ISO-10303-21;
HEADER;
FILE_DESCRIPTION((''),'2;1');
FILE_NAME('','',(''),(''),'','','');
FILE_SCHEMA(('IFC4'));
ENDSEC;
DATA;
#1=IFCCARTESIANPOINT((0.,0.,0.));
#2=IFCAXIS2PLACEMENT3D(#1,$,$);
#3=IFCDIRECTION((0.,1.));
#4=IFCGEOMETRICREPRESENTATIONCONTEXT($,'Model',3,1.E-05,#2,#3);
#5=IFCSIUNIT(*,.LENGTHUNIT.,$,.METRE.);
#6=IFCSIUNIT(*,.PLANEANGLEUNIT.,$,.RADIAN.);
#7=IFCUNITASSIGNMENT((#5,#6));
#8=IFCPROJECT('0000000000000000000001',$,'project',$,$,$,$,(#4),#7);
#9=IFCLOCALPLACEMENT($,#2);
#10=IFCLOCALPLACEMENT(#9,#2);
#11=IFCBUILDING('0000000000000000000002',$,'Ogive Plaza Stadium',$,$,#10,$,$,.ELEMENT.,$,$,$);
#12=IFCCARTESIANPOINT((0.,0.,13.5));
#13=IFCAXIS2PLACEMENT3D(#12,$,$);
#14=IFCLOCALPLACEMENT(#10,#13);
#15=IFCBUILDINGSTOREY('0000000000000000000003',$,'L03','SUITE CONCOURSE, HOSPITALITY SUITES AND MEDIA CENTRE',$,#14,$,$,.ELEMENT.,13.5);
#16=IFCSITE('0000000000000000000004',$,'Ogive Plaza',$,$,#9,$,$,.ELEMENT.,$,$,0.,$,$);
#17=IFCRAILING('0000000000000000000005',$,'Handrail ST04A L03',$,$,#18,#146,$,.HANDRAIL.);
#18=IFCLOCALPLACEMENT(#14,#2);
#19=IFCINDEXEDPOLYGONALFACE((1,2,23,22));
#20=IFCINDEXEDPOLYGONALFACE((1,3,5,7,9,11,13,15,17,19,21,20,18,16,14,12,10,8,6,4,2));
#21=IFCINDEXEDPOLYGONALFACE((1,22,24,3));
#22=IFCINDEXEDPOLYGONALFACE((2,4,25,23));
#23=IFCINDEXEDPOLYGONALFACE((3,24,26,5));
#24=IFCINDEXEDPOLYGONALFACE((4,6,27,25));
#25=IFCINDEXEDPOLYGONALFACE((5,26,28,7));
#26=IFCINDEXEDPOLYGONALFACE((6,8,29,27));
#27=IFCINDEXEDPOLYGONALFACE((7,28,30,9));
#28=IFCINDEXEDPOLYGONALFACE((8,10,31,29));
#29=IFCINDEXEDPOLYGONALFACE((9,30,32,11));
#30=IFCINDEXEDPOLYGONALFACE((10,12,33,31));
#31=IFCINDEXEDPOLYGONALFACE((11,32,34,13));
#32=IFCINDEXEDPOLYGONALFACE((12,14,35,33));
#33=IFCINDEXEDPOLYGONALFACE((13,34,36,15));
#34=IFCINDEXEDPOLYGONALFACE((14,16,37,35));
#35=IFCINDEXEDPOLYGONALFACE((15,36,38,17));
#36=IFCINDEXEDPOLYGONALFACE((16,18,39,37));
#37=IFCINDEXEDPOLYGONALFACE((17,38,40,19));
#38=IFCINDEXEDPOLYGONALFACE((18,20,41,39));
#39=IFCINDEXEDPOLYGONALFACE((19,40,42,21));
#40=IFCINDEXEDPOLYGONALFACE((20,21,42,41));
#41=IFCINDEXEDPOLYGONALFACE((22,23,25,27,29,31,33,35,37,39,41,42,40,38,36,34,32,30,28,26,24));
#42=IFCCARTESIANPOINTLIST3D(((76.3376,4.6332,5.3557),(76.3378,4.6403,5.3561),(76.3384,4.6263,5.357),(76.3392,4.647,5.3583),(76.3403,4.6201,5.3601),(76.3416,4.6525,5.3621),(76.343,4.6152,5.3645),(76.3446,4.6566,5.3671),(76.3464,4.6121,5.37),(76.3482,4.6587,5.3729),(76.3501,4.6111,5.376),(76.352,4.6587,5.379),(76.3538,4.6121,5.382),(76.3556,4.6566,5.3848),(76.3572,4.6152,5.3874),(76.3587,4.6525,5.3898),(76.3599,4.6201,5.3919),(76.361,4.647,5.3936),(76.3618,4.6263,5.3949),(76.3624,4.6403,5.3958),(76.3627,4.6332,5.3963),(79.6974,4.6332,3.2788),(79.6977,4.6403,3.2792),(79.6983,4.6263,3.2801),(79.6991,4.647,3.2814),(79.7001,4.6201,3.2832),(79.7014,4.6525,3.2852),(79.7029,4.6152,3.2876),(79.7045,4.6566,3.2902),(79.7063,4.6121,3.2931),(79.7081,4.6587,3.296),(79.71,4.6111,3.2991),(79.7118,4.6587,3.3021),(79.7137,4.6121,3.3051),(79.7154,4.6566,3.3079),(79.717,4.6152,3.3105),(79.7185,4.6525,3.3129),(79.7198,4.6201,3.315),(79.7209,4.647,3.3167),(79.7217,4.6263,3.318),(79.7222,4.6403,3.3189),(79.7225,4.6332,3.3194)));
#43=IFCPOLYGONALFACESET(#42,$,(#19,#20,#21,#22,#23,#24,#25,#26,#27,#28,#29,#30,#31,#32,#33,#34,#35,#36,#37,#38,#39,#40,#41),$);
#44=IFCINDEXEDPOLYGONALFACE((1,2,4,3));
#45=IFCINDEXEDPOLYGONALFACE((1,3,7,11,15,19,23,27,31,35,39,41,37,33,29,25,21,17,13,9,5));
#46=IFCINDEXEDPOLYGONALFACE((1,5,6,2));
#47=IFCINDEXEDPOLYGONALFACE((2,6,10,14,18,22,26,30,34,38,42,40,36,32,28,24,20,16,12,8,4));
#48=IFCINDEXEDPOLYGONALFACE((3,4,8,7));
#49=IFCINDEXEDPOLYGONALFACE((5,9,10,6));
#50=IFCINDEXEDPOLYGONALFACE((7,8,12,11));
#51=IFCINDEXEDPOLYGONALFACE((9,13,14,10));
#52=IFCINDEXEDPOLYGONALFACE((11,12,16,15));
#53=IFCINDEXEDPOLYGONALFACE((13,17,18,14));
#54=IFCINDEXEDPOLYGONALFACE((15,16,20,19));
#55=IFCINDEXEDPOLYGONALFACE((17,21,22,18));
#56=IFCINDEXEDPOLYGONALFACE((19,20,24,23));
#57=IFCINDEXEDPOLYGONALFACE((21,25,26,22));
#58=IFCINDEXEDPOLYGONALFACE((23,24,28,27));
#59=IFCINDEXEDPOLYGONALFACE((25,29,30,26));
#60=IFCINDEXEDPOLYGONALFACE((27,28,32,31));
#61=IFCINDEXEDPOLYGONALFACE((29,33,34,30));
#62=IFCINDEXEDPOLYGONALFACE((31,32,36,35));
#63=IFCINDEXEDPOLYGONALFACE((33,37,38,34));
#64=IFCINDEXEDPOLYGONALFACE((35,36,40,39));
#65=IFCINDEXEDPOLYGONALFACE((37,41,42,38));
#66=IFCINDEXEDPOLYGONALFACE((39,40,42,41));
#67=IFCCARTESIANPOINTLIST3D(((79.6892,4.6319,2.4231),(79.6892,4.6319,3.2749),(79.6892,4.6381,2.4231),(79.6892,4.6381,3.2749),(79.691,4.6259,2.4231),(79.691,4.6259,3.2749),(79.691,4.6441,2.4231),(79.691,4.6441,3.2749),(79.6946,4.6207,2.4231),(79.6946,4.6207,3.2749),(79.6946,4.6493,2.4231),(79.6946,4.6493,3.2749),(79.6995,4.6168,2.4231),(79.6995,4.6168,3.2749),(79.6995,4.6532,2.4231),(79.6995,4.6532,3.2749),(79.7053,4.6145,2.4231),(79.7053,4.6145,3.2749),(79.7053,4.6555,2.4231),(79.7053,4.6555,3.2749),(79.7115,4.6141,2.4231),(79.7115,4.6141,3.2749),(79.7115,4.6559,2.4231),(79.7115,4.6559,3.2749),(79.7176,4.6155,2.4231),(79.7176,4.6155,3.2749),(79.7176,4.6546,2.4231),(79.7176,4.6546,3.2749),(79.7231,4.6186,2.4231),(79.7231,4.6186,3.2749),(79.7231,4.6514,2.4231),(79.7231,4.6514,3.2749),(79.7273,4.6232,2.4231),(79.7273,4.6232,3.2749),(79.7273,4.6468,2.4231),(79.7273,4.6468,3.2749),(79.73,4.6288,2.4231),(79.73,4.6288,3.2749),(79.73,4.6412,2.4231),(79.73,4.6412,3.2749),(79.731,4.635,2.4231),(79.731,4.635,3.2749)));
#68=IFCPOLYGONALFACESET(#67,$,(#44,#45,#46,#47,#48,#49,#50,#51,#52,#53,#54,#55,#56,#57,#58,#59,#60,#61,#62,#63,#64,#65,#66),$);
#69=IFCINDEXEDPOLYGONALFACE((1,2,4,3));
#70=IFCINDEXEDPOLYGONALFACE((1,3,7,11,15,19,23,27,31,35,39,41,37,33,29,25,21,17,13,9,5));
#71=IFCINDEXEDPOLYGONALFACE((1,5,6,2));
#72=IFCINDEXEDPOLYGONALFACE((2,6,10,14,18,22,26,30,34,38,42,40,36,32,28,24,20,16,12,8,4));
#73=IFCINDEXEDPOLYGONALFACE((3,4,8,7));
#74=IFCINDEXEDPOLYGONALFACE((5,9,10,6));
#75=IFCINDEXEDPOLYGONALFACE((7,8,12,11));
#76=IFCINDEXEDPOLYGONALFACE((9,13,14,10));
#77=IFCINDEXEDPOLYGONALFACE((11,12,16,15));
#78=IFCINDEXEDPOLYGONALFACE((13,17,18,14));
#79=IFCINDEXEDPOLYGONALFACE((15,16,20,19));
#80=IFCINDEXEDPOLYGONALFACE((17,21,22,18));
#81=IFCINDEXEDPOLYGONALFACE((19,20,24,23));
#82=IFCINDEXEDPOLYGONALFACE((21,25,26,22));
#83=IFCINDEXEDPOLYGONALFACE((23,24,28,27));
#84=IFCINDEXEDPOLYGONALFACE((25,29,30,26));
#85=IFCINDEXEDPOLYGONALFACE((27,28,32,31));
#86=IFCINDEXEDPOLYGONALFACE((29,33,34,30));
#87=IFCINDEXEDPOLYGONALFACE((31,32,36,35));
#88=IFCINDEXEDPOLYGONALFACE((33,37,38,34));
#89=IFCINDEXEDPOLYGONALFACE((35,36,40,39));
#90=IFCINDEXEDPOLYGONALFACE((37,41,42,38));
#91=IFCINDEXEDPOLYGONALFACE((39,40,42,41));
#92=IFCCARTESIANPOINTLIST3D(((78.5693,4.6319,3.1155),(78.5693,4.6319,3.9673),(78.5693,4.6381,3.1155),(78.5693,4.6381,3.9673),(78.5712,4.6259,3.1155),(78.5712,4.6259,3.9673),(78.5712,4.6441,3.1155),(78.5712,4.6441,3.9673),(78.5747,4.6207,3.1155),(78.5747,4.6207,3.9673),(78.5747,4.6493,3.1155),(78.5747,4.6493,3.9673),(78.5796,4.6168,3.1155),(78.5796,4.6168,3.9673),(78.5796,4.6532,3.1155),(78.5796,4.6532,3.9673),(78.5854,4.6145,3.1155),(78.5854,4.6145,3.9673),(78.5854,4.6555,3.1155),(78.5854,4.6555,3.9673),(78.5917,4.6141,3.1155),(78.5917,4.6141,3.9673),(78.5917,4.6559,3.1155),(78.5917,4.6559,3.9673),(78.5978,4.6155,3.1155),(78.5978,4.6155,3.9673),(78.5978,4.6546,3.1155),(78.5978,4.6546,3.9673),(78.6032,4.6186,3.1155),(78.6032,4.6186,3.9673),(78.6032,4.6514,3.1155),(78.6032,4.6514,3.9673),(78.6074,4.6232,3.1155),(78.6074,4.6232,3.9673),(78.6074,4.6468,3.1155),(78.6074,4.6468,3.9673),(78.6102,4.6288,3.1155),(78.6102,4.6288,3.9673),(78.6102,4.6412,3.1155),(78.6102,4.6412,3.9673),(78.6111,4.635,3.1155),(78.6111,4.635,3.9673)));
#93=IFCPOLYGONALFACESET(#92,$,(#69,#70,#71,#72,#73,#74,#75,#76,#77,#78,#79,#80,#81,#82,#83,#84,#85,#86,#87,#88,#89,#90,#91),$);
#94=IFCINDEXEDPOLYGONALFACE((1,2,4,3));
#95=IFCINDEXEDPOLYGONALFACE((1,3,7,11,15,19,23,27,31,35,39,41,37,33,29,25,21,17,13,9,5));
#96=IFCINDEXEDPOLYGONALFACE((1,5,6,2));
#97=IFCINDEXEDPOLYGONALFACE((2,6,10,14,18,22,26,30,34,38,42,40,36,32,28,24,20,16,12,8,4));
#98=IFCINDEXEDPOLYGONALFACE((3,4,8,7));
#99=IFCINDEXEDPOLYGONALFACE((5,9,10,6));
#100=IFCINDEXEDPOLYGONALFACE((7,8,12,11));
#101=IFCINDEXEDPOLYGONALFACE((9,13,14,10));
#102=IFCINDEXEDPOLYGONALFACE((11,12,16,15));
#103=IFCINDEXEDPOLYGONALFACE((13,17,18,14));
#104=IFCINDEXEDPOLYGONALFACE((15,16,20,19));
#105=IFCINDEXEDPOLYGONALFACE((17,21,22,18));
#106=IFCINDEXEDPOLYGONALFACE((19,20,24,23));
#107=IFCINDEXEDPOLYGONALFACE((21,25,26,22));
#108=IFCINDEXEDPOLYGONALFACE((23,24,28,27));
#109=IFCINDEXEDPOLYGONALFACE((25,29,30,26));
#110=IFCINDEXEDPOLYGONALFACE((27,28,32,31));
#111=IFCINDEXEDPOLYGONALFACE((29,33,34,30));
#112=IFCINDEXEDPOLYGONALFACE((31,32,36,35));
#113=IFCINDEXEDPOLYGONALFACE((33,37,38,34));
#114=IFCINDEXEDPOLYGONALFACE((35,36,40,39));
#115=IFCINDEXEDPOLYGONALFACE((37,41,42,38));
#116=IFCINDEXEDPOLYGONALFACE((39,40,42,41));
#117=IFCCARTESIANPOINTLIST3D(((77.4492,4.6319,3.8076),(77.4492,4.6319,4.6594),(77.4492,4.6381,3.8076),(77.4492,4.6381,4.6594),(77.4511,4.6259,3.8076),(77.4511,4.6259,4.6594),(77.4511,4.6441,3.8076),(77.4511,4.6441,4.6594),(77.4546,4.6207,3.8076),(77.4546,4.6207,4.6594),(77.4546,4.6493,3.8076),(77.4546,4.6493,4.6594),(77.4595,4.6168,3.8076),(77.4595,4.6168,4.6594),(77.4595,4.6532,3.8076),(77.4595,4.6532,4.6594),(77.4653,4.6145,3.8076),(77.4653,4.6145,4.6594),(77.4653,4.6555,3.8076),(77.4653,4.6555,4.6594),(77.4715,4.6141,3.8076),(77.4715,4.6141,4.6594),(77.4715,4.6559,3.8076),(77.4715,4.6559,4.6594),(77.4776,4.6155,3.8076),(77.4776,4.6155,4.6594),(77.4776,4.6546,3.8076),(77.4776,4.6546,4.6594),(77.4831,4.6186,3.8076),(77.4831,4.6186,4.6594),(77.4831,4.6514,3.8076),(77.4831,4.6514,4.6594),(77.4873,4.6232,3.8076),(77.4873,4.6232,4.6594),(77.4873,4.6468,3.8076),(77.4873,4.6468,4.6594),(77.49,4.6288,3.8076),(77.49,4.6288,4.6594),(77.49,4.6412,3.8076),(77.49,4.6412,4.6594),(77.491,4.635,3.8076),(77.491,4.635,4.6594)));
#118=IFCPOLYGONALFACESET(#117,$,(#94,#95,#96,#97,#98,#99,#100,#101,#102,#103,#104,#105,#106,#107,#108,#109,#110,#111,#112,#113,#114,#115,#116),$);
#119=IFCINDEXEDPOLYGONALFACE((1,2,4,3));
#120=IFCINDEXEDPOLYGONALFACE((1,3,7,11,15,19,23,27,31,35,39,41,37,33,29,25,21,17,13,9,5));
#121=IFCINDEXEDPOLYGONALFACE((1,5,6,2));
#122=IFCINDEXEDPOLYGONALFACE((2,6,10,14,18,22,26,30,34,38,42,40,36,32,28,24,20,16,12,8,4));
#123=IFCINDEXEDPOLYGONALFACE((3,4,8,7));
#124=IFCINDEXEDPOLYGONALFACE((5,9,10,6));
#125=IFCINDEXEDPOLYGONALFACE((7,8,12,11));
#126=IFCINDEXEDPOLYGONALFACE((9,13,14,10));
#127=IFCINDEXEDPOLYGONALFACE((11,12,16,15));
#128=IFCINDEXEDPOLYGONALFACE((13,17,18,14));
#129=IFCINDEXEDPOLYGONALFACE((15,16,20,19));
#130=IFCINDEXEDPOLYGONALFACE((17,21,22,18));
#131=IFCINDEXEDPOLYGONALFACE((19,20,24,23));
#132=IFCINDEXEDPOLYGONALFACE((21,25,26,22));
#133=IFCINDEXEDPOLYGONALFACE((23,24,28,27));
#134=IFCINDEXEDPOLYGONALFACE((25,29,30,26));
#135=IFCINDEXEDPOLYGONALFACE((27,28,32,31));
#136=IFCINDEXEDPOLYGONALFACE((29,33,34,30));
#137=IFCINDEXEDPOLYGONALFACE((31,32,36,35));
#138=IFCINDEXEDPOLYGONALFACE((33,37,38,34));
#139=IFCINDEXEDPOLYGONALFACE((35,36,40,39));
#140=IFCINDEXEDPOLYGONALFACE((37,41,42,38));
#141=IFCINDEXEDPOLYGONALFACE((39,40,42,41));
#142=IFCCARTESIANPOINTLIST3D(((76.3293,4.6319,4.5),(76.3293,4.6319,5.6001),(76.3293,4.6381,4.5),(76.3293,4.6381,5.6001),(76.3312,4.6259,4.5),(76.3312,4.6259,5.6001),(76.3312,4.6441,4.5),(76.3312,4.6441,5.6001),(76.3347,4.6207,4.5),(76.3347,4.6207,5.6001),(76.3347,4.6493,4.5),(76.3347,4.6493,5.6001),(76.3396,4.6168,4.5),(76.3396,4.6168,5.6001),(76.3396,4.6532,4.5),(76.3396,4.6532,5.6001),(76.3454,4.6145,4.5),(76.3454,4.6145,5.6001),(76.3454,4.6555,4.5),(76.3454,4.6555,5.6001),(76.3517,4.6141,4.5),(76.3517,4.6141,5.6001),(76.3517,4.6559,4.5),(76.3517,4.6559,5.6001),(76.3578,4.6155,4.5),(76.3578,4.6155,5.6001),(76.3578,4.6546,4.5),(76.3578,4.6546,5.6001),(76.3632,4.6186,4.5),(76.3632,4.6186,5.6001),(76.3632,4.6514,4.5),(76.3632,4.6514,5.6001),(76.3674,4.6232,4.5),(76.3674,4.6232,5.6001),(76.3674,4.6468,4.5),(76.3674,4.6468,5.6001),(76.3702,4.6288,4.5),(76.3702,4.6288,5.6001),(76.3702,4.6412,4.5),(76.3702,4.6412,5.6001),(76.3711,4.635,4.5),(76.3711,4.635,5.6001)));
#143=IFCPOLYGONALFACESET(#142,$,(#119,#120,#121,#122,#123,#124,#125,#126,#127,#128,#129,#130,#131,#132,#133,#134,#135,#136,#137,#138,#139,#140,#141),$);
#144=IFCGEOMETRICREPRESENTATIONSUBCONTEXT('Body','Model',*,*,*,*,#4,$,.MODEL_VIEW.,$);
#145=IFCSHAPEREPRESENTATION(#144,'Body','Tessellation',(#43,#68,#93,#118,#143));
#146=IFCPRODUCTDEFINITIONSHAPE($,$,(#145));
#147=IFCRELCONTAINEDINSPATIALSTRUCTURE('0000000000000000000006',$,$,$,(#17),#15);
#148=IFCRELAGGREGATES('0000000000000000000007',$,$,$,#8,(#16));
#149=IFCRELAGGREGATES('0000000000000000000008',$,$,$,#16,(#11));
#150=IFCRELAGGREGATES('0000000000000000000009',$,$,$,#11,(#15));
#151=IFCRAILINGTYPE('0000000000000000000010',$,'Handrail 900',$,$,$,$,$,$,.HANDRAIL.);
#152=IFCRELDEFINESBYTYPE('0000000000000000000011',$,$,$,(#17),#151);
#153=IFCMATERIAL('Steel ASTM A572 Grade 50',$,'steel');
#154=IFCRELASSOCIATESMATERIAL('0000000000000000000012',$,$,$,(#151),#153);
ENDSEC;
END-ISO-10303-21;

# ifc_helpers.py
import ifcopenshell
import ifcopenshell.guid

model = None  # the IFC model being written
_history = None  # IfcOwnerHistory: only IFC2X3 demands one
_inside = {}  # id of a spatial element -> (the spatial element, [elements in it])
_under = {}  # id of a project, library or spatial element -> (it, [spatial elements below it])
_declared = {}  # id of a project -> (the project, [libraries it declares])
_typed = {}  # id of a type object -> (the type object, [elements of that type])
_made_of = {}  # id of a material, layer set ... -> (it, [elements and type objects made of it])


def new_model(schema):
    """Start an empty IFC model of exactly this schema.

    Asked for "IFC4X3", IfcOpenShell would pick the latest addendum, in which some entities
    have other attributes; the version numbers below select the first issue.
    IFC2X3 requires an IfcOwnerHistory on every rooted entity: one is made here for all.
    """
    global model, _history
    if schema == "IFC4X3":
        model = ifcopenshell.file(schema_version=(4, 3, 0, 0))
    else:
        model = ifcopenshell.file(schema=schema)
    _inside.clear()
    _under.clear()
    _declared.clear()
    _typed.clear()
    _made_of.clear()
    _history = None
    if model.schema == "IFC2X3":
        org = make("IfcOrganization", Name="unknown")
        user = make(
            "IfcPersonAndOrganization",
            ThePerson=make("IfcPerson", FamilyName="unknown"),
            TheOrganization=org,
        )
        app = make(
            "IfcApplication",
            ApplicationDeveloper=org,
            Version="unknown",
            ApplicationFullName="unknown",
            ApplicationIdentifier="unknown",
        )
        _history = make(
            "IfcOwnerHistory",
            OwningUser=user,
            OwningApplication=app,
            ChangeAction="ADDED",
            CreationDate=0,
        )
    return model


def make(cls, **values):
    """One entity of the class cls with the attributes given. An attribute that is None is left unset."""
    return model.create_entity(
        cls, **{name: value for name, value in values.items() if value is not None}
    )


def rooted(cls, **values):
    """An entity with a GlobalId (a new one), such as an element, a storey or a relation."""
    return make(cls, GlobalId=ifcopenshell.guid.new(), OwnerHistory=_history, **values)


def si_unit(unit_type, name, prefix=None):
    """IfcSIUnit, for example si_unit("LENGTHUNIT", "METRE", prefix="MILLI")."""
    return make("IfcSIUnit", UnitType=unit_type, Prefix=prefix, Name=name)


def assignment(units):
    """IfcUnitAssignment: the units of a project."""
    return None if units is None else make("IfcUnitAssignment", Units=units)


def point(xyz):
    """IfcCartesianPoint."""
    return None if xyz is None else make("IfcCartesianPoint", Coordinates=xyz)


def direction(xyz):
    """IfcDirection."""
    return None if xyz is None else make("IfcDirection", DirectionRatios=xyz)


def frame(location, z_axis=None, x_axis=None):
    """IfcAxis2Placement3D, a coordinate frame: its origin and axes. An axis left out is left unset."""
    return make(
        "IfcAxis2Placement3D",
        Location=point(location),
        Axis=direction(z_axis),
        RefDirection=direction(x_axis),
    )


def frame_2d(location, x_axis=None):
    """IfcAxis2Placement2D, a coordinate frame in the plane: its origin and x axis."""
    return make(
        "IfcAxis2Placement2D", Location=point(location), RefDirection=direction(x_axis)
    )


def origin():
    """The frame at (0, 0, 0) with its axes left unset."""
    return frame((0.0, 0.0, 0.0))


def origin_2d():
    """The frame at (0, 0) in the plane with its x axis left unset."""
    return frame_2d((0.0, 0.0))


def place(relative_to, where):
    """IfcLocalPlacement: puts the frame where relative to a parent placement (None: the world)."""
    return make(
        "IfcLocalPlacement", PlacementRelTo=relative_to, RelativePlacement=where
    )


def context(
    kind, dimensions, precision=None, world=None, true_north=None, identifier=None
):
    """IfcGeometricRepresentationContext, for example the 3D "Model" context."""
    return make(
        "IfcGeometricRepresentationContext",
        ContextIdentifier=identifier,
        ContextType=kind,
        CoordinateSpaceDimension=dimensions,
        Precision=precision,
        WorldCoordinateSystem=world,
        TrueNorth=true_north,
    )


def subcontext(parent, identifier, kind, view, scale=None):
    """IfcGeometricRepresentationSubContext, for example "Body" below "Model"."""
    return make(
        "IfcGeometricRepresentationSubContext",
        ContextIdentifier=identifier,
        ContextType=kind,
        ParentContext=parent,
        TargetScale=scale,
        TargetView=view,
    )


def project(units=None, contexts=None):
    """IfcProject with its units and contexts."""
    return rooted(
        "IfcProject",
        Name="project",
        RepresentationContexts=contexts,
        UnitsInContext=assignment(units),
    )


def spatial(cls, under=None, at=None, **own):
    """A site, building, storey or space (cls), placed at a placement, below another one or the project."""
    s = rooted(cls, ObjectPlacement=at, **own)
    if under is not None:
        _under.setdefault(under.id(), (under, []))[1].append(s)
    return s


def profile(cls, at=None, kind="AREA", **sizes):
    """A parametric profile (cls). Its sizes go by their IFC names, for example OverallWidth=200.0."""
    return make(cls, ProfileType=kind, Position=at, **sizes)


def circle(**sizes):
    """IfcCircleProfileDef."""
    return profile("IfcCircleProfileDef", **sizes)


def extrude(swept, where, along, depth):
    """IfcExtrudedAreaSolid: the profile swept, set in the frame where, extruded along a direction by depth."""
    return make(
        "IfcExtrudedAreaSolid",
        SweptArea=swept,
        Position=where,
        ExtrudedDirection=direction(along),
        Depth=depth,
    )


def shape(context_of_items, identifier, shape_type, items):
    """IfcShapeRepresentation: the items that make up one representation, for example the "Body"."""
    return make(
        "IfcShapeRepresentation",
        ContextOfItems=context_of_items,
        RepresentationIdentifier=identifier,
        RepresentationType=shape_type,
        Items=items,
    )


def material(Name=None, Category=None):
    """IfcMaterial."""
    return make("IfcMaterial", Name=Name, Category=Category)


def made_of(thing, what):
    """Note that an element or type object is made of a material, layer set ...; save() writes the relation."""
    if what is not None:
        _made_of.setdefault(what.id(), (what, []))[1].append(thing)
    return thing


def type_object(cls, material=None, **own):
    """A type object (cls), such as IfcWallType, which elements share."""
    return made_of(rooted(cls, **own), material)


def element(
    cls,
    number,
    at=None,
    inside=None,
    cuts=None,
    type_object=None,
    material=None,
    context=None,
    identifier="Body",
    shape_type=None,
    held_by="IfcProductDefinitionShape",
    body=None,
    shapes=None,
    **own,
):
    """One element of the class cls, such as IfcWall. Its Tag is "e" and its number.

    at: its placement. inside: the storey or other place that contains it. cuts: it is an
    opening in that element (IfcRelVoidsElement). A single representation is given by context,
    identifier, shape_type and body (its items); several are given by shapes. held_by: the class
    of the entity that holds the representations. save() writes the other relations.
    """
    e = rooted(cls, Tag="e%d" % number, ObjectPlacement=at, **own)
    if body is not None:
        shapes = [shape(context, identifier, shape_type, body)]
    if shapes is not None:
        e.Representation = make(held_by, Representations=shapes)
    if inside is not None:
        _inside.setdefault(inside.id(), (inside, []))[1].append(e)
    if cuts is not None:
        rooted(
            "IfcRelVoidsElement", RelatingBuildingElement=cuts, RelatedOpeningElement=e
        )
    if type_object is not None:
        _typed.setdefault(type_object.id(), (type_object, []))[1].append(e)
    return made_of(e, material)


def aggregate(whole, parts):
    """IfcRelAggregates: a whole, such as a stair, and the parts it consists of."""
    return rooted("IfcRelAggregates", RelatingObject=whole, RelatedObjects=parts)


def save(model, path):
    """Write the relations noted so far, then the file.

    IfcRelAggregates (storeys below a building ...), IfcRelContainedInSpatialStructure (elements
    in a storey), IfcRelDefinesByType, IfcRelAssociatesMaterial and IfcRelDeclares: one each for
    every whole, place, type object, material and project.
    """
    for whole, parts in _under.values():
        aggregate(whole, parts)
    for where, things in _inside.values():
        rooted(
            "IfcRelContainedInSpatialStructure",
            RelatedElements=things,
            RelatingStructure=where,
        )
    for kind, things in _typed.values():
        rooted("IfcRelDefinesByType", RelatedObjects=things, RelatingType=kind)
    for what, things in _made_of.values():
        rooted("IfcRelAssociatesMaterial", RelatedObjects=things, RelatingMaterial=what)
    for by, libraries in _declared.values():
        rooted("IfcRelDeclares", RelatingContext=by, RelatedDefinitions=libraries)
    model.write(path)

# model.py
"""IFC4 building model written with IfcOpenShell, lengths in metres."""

from ifc_helpers import new_model, si_unit, direction, frame, origin, origin_2d, place, context, subcontext, project, spatial, circle, extrude, material, type_object, element, save


model = new_model("IFC4")

# Units and contexts
model_context = context("Model", 3, precision=1e-05, world=origin(), true_north=direction((0.0, 1.0)))
body_context = subcontext(model_context, "Body", "Model", "MODEL_VIEW")
ifc_project = project(units=[si_unit("LENGTHUNIT", "METRE"), si_unit("PLANEANGLEUNIT", "RADIAN")], contexts=[model_context])

# Site, building, storey
site_placement = place(None, origin())
site = spatial("IfcSite", under=ifc_project, at=site_placement, Name="Ogive Plaza", CompositionType="ELEMENT", RefElevation=0.0)
building_placement = place(site_placement, origin())
building = spatial("IfcBuilding", under=site, at=building_placement, Name="Ogive Plaza Stadium", CompositionType="ELEMENT")
storey_placement = place(building_placement, frame((0.0, 0.0, 13.5)))
storey = spatial("IfcBuildingStorey", under=building, at=storey_placement, Name="L03", Description="SUITE CONCOURSE, HOSPITALITY SUITES AND MEDIA CENTRE", CompositionType="ELEMENT", Elevation=13.5)

# Railing
ifc_material_1 = material(Name="Steel ASTM A572 Grade 50", Category="steel")
railing_type_1 = type_object("IfcRailingType", Name="Handrail 900", PredefinedType="HANDRAIL", material=ifc_material_1)
for number, where, name in (
    (1, (79.71, 4.635, 2.4231), "Handrail ST04A L03"),
):
    element("IfcRailing", number, at=place(storey_placement, frame(where)), inside=storey, type_object=railing_type_1, Name=name, PredefinedType="HANDRAIL", context=body_context, shape_type="SweptSolid", body=[
        extrude(circle(Radius=0.0239, at=origin_2d()), frame((0.0, 0.0, 0.876), z_axis=(-0.850606, 0.0, 0.525803), x_axis=(0.0, -1.0, 0.0)), (0.0, 0.0, 1.0), 3.95),
        extrude(circle(Radius=0.021, at=origin_2d()), origin(), (0.0, 0.0, 1.0), 0.8518),
        extrude(circle(Radius=0.021, at=origin_2d()), frame((-1.1199, 0.0, 0.6924)), (0.0, 0.0, 1.0), 0.8518),
        extrude(circle(Radius=0.021, at=origin_2d()), frame((-2.24, 0.0, 1.3845)), (0.0, 0.0, 1.0), 0.8518),
        extrude(circle(Radius=0.021, at=origin_2d()), frame((-3.3599, 0.0, 2.0769)), (0.0, 0.0, 1.0), 1.1001),
    ])

save(model, "model.ifc")
